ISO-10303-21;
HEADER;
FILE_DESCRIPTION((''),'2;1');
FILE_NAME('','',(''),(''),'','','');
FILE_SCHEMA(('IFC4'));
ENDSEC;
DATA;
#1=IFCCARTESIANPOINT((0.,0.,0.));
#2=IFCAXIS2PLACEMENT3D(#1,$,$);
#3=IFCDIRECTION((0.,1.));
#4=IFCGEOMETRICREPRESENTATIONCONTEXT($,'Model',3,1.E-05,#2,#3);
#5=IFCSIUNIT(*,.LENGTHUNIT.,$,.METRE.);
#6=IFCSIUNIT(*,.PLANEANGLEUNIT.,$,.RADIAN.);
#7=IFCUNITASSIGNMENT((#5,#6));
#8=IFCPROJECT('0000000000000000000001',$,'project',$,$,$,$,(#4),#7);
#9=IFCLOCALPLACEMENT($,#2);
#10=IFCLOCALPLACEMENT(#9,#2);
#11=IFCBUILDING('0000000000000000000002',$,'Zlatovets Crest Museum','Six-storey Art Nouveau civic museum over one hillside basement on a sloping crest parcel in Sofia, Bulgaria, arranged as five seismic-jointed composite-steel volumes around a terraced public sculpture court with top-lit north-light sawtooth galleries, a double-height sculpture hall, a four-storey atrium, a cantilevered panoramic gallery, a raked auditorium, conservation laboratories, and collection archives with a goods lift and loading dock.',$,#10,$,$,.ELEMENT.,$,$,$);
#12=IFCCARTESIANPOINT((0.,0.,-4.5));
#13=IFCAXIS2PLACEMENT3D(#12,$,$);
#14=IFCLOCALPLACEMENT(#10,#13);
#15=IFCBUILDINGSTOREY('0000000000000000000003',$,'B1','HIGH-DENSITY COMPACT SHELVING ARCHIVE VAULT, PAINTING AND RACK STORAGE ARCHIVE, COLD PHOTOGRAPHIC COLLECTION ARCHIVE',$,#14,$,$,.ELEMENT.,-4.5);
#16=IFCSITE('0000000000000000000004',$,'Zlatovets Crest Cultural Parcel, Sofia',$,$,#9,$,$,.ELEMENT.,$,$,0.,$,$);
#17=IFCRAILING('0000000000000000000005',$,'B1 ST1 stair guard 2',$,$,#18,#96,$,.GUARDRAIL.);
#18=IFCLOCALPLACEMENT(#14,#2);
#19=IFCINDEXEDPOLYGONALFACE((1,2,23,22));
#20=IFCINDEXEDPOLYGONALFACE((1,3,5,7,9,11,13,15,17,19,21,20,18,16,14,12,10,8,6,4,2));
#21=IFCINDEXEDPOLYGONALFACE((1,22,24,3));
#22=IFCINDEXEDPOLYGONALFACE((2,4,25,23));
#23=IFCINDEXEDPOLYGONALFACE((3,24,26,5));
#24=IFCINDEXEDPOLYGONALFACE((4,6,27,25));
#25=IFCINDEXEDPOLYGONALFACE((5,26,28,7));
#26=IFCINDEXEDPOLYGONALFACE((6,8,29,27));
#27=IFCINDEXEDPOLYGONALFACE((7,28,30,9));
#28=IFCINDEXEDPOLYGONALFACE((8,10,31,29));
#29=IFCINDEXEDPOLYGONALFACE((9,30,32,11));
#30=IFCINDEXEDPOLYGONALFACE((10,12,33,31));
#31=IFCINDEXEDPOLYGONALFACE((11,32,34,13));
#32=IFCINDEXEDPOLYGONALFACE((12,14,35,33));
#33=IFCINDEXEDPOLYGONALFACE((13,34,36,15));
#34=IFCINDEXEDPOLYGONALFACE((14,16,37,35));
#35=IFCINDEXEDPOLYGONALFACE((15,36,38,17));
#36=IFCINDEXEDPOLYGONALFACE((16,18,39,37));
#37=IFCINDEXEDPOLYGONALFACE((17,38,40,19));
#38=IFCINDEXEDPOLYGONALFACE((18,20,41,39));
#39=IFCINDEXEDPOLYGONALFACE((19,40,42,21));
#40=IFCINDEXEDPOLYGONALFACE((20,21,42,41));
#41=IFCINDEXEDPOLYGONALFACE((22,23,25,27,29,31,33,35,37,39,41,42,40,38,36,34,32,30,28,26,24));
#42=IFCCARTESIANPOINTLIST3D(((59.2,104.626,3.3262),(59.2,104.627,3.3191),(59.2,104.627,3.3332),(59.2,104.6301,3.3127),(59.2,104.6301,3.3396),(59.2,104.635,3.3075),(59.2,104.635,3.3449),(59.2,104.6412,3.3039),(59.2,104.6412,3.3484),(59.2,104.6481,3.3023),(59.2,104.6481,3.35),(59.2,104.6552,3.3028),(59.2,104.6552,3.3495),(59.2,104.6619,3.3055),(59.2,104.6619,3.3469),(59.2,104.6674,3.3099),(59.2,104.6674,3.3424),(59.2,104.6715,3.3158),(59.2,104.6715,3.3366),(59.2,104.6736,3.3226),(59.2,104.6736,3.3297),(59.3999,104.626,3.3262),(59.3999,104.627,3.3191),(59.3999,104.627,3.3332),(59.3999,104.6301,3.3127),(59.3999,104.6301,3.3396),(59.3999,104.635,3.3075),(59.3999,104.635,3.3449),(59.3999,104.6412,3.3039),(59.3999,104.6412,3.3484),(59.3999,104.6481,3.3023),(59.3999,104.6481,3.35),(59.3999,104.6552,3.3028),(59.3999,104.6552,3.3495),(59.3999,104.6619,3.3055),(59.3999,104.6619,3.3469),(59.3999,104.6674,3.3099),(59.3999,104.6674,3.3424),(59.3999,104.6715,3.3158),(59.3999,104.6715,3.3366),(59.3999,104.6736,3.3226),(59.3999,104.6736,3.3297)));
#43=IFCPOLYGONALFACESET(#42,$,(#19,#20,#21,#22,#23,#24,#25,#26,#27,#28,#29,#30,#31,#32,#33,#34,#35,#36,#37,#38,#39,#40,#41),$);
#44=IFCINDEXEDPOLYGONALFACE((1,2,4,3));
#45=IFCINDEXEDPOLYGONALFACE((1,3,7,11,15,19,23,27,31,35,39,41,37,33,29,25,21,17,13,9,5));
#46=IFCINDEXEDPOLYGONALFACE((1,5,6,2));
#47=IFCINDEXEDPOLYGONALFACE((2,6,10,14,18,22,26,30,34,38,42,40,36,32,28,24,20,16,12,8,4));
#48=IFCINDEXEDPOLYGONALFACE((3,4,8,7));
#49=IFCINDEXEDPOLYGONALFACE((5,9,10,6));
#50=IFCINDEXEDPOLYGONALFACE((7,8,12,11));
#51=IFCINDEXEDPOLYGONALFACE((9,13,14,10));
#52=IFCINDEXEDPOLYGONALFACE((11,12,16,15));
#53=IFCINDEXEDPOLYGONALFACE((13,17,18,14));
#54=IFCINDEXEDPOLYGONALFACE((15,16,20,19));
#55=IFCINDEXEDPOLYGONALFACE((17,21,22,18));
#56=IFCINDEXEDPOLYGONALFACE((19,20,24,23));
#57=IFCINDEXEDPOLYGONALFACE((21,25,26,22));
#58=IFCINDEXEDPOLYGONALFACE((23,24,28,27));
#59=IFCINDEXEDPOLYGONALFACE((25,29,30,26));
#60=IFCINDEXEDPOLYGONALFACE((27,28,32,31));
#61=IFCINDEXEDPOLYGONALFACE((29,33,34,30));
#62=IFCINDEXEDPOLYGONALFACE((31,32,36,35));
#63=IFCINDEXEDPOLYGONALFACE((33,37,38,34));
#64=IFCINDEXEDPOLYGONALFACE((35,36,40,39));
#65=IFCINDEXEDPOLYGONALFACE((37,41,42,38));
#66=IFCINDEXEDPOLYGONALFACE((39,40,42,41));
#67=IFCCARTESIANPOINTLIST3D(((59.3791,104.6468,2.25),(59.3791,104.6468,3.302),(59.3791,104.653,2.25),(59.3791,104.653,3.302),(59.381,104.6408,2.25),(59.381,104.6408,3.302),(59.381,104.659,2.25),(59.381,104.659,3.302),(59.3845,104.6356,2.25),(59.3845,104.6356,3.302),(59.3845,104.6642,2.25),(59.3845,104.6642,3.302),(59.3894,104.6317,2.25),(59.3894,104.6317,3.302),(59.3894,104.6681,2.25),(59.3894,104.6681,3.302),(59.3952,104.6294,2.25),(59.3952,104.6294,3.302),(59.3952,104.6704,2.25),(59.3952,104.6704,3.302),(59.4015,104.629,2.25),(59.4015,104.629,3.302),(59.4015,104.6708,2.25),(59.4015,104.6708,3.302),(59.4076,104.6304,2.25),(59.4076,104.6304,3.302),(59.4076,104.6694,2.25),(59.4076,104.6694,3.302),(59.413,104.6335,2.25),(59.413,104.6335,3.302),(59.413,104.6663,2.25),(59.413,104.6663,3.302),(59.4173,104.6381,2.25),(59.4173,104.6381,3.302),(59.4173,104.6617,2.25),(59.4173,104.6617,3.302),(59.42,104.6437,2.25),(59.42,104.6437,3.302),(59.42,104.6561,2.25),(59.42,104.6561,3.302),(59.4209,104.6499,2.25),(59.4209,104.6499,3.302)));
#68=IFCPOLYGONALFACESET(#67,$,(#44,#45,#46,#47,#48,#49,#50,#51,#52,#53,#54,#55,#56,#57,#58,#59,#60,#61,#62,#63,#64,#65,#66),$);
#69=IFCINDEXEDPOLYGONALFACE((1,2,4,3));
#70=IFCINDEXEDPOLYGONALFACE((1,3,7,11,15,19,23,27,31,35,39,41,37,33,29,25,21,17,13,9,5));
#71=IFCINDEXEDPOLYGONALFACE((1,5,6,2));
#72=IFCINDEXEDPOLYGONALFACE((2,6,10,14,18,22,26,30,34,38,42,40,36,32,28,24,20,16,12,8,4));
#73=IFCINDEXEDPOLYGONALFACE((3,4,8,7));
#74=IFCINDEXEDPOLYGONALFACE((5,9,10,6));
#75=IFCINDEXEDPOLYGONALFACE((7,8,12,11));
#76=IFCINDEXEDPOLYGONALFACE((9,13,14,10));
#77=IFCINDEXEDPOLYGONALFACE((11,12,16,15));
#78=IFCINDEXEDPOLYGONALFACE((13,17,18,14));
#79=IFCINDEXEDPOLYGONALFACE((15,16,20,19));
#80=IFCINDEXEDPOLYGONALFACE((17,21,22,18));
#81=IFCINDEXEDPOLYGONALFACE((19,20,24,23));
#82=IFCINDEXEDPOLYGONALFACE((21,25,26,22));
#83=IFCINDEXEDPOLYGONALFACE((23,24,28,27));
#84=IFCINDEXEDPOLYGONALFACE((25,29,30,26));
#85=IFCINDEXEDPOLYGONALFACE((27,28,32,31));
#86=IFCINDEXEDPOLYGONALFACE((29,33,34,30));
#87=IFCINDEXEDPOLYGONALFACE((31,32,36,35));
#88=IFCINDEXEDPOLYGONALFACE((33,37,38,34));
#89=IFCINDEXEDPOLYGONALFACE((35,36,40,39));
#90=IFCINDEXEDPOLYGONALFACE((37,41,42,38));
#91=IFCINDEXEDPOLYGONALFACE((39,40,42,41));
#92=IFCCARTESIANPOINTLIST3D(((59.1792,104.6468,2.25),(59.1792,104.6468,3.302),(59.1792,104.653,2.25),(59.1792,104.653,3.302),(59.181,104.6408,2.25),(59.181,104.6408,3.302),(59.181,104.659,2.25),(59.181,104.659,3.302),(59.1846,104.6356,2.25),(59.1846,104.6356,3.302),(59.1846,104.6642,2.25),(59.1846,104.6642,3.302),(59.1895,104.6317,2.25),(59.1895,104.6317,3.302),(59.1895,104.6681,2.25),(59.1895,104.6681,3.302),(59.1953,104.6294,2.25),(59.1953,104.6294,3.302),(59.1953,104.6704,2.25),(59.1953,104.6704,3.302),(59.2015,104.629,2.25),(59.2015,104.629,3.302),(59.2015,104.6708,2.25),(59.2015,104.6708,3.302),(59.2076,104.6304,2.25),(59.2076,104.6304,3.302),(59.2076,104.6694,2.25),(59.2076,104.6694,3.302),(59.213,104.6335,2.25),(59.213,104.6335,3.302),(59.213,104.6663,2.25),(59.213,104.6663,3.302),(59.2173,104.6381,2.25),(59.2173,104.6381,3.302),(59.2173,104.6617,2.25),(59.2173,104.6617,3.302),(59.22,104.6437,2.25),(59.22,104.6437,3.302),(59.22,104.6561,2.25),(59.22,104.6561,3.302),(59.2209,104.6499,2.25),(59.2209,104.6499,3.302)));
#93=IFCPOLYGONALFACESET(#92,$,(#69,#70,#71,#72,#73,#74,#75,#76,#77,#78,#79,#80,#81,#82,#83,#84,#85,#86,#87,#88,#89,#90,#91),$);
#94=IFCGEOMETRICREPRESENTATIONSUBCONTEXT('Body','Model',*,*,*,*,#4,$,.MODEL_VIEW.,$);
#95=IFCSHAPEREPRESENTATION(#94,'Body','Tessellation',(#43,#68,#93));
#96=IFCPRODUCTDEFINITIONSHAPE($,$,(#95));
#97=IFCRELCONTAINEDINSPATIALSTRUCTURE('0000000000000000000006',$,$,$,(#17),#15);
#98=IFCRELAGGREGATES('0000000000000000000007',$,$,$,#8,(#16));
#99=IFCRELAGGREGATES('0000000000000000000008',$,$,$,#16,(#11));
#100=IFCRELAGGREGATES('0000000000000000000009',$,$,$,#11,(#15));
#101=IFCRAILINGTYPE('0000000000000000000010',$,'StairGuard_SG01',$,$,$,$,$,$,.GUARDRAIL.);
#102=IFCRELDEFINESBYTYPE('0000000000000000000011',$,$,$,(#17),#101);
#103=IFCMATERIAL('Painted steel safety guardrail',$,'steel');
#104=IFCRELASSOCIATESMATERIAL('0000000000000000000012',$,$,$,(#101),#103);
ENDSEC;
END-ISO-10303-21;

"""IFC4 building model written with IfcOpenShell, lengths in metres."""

from ifc_helpers import new_model, si_unit, direction, frame, origin, origin_2d, place, context, subcontext, project, spatial, circle, extrude, material, type_object, element, save


model = new_model("IFC4")

# Units and contexts
model_context = context("Model", 3, precision=1e-05, world=origin(), true_north=direction((0.0, 1.0)))
body_context = subcontext(model_context, "Body", "Model", "MODEL_VIEW")
ifc_project = project(units=[si_unit("LENGTHUNIT", "METRE"), si_unit("PLANEANGLEUNIT", "RADIAN")], contexts=[model_context])

# Site, building, storey
site_placement = place(None, origin())
site = spatial("IfcSite", under=ifc_project, at=site_placement, Name="Zlatovets Crest Cultural Parcel, Sofia", CompositionType="ELEMENT", RefElevation=0.0)
building_placement = place(site_placement, origin())
building = spatial("IfcBuilding", under=site, at=building_placement, Name="Zlatovets Crest Museum", Description="Six-storey Art Nouveau civic museum over one hillside basement on a sloping crest parcel in Sofia, Bulgaria, arranged as five seismic-jointed composite-steel volumes around a terraced public sculpture court with top-lit north-light sawtooth galleries, a double-height sculpture hall, a four-storey atrium, a cantilevered panoramic gallery, a raked auditorium, conservation laboratories, and collection archives with a goods lift and loading dock.", CompositionType="ELEMENT")
storey_placement = place(building_placement, frame((0.0, 0.0, -4.5)))
storey = spatial("IfcBuildingStorey", under=building, at=storey_placement, Name="B1", Description="HIGH-DENSITY COMPACT SHELVING ARCHIVE VAULT, PAINTING AND RACK STORAGE ARCHIVE, COLD PHOTOGRAPHIC COLLECTION ARCHIVE", CompositionType="ELEMENT", Elevation=-4.5)

# Railing
ifc_material_1 = material(Name="Painted steel safety guardrail", Category="steel")
railing_type_1 = type_object("IfcRailingType", Name="StairGuard_SG01", PredefinedType="GUARDRAIL", material=ifc_material_1)
railing_1_placement = place(storey_placement, frame((59.3999, 104.6499, 2.25)))
element("IfcRailing", 1, at=railing_1_placement, inside=storey, type_object=railing_type_1, Name="B1 ST1 stair guard 2", PredefinedType="GUARDRAIL", context=body_context, shape_type="SweptSolid", body=[
    extrude(circle(Radius=0.0239, at=origin_2d()), frame((0.0, 0.0, 1.0762), z_axis=(-1.0, 0.0, 0.0), x_axis=(0.0, -1.0, 0.0)), (0.0, 0.0, 1.0), 0.2),
    extrude(circle(Radius=0.021, at=origin_2d()), origin(), (0.0, 0.0, 1.0), 1.052),
    extrude(circle(Radius=0.021, at=origin_2d()), frame((-0.2, 0.0, 0.0)), (0.0, 0.0, 1.0), 1.052),
])

save(model, "model.ifc")
